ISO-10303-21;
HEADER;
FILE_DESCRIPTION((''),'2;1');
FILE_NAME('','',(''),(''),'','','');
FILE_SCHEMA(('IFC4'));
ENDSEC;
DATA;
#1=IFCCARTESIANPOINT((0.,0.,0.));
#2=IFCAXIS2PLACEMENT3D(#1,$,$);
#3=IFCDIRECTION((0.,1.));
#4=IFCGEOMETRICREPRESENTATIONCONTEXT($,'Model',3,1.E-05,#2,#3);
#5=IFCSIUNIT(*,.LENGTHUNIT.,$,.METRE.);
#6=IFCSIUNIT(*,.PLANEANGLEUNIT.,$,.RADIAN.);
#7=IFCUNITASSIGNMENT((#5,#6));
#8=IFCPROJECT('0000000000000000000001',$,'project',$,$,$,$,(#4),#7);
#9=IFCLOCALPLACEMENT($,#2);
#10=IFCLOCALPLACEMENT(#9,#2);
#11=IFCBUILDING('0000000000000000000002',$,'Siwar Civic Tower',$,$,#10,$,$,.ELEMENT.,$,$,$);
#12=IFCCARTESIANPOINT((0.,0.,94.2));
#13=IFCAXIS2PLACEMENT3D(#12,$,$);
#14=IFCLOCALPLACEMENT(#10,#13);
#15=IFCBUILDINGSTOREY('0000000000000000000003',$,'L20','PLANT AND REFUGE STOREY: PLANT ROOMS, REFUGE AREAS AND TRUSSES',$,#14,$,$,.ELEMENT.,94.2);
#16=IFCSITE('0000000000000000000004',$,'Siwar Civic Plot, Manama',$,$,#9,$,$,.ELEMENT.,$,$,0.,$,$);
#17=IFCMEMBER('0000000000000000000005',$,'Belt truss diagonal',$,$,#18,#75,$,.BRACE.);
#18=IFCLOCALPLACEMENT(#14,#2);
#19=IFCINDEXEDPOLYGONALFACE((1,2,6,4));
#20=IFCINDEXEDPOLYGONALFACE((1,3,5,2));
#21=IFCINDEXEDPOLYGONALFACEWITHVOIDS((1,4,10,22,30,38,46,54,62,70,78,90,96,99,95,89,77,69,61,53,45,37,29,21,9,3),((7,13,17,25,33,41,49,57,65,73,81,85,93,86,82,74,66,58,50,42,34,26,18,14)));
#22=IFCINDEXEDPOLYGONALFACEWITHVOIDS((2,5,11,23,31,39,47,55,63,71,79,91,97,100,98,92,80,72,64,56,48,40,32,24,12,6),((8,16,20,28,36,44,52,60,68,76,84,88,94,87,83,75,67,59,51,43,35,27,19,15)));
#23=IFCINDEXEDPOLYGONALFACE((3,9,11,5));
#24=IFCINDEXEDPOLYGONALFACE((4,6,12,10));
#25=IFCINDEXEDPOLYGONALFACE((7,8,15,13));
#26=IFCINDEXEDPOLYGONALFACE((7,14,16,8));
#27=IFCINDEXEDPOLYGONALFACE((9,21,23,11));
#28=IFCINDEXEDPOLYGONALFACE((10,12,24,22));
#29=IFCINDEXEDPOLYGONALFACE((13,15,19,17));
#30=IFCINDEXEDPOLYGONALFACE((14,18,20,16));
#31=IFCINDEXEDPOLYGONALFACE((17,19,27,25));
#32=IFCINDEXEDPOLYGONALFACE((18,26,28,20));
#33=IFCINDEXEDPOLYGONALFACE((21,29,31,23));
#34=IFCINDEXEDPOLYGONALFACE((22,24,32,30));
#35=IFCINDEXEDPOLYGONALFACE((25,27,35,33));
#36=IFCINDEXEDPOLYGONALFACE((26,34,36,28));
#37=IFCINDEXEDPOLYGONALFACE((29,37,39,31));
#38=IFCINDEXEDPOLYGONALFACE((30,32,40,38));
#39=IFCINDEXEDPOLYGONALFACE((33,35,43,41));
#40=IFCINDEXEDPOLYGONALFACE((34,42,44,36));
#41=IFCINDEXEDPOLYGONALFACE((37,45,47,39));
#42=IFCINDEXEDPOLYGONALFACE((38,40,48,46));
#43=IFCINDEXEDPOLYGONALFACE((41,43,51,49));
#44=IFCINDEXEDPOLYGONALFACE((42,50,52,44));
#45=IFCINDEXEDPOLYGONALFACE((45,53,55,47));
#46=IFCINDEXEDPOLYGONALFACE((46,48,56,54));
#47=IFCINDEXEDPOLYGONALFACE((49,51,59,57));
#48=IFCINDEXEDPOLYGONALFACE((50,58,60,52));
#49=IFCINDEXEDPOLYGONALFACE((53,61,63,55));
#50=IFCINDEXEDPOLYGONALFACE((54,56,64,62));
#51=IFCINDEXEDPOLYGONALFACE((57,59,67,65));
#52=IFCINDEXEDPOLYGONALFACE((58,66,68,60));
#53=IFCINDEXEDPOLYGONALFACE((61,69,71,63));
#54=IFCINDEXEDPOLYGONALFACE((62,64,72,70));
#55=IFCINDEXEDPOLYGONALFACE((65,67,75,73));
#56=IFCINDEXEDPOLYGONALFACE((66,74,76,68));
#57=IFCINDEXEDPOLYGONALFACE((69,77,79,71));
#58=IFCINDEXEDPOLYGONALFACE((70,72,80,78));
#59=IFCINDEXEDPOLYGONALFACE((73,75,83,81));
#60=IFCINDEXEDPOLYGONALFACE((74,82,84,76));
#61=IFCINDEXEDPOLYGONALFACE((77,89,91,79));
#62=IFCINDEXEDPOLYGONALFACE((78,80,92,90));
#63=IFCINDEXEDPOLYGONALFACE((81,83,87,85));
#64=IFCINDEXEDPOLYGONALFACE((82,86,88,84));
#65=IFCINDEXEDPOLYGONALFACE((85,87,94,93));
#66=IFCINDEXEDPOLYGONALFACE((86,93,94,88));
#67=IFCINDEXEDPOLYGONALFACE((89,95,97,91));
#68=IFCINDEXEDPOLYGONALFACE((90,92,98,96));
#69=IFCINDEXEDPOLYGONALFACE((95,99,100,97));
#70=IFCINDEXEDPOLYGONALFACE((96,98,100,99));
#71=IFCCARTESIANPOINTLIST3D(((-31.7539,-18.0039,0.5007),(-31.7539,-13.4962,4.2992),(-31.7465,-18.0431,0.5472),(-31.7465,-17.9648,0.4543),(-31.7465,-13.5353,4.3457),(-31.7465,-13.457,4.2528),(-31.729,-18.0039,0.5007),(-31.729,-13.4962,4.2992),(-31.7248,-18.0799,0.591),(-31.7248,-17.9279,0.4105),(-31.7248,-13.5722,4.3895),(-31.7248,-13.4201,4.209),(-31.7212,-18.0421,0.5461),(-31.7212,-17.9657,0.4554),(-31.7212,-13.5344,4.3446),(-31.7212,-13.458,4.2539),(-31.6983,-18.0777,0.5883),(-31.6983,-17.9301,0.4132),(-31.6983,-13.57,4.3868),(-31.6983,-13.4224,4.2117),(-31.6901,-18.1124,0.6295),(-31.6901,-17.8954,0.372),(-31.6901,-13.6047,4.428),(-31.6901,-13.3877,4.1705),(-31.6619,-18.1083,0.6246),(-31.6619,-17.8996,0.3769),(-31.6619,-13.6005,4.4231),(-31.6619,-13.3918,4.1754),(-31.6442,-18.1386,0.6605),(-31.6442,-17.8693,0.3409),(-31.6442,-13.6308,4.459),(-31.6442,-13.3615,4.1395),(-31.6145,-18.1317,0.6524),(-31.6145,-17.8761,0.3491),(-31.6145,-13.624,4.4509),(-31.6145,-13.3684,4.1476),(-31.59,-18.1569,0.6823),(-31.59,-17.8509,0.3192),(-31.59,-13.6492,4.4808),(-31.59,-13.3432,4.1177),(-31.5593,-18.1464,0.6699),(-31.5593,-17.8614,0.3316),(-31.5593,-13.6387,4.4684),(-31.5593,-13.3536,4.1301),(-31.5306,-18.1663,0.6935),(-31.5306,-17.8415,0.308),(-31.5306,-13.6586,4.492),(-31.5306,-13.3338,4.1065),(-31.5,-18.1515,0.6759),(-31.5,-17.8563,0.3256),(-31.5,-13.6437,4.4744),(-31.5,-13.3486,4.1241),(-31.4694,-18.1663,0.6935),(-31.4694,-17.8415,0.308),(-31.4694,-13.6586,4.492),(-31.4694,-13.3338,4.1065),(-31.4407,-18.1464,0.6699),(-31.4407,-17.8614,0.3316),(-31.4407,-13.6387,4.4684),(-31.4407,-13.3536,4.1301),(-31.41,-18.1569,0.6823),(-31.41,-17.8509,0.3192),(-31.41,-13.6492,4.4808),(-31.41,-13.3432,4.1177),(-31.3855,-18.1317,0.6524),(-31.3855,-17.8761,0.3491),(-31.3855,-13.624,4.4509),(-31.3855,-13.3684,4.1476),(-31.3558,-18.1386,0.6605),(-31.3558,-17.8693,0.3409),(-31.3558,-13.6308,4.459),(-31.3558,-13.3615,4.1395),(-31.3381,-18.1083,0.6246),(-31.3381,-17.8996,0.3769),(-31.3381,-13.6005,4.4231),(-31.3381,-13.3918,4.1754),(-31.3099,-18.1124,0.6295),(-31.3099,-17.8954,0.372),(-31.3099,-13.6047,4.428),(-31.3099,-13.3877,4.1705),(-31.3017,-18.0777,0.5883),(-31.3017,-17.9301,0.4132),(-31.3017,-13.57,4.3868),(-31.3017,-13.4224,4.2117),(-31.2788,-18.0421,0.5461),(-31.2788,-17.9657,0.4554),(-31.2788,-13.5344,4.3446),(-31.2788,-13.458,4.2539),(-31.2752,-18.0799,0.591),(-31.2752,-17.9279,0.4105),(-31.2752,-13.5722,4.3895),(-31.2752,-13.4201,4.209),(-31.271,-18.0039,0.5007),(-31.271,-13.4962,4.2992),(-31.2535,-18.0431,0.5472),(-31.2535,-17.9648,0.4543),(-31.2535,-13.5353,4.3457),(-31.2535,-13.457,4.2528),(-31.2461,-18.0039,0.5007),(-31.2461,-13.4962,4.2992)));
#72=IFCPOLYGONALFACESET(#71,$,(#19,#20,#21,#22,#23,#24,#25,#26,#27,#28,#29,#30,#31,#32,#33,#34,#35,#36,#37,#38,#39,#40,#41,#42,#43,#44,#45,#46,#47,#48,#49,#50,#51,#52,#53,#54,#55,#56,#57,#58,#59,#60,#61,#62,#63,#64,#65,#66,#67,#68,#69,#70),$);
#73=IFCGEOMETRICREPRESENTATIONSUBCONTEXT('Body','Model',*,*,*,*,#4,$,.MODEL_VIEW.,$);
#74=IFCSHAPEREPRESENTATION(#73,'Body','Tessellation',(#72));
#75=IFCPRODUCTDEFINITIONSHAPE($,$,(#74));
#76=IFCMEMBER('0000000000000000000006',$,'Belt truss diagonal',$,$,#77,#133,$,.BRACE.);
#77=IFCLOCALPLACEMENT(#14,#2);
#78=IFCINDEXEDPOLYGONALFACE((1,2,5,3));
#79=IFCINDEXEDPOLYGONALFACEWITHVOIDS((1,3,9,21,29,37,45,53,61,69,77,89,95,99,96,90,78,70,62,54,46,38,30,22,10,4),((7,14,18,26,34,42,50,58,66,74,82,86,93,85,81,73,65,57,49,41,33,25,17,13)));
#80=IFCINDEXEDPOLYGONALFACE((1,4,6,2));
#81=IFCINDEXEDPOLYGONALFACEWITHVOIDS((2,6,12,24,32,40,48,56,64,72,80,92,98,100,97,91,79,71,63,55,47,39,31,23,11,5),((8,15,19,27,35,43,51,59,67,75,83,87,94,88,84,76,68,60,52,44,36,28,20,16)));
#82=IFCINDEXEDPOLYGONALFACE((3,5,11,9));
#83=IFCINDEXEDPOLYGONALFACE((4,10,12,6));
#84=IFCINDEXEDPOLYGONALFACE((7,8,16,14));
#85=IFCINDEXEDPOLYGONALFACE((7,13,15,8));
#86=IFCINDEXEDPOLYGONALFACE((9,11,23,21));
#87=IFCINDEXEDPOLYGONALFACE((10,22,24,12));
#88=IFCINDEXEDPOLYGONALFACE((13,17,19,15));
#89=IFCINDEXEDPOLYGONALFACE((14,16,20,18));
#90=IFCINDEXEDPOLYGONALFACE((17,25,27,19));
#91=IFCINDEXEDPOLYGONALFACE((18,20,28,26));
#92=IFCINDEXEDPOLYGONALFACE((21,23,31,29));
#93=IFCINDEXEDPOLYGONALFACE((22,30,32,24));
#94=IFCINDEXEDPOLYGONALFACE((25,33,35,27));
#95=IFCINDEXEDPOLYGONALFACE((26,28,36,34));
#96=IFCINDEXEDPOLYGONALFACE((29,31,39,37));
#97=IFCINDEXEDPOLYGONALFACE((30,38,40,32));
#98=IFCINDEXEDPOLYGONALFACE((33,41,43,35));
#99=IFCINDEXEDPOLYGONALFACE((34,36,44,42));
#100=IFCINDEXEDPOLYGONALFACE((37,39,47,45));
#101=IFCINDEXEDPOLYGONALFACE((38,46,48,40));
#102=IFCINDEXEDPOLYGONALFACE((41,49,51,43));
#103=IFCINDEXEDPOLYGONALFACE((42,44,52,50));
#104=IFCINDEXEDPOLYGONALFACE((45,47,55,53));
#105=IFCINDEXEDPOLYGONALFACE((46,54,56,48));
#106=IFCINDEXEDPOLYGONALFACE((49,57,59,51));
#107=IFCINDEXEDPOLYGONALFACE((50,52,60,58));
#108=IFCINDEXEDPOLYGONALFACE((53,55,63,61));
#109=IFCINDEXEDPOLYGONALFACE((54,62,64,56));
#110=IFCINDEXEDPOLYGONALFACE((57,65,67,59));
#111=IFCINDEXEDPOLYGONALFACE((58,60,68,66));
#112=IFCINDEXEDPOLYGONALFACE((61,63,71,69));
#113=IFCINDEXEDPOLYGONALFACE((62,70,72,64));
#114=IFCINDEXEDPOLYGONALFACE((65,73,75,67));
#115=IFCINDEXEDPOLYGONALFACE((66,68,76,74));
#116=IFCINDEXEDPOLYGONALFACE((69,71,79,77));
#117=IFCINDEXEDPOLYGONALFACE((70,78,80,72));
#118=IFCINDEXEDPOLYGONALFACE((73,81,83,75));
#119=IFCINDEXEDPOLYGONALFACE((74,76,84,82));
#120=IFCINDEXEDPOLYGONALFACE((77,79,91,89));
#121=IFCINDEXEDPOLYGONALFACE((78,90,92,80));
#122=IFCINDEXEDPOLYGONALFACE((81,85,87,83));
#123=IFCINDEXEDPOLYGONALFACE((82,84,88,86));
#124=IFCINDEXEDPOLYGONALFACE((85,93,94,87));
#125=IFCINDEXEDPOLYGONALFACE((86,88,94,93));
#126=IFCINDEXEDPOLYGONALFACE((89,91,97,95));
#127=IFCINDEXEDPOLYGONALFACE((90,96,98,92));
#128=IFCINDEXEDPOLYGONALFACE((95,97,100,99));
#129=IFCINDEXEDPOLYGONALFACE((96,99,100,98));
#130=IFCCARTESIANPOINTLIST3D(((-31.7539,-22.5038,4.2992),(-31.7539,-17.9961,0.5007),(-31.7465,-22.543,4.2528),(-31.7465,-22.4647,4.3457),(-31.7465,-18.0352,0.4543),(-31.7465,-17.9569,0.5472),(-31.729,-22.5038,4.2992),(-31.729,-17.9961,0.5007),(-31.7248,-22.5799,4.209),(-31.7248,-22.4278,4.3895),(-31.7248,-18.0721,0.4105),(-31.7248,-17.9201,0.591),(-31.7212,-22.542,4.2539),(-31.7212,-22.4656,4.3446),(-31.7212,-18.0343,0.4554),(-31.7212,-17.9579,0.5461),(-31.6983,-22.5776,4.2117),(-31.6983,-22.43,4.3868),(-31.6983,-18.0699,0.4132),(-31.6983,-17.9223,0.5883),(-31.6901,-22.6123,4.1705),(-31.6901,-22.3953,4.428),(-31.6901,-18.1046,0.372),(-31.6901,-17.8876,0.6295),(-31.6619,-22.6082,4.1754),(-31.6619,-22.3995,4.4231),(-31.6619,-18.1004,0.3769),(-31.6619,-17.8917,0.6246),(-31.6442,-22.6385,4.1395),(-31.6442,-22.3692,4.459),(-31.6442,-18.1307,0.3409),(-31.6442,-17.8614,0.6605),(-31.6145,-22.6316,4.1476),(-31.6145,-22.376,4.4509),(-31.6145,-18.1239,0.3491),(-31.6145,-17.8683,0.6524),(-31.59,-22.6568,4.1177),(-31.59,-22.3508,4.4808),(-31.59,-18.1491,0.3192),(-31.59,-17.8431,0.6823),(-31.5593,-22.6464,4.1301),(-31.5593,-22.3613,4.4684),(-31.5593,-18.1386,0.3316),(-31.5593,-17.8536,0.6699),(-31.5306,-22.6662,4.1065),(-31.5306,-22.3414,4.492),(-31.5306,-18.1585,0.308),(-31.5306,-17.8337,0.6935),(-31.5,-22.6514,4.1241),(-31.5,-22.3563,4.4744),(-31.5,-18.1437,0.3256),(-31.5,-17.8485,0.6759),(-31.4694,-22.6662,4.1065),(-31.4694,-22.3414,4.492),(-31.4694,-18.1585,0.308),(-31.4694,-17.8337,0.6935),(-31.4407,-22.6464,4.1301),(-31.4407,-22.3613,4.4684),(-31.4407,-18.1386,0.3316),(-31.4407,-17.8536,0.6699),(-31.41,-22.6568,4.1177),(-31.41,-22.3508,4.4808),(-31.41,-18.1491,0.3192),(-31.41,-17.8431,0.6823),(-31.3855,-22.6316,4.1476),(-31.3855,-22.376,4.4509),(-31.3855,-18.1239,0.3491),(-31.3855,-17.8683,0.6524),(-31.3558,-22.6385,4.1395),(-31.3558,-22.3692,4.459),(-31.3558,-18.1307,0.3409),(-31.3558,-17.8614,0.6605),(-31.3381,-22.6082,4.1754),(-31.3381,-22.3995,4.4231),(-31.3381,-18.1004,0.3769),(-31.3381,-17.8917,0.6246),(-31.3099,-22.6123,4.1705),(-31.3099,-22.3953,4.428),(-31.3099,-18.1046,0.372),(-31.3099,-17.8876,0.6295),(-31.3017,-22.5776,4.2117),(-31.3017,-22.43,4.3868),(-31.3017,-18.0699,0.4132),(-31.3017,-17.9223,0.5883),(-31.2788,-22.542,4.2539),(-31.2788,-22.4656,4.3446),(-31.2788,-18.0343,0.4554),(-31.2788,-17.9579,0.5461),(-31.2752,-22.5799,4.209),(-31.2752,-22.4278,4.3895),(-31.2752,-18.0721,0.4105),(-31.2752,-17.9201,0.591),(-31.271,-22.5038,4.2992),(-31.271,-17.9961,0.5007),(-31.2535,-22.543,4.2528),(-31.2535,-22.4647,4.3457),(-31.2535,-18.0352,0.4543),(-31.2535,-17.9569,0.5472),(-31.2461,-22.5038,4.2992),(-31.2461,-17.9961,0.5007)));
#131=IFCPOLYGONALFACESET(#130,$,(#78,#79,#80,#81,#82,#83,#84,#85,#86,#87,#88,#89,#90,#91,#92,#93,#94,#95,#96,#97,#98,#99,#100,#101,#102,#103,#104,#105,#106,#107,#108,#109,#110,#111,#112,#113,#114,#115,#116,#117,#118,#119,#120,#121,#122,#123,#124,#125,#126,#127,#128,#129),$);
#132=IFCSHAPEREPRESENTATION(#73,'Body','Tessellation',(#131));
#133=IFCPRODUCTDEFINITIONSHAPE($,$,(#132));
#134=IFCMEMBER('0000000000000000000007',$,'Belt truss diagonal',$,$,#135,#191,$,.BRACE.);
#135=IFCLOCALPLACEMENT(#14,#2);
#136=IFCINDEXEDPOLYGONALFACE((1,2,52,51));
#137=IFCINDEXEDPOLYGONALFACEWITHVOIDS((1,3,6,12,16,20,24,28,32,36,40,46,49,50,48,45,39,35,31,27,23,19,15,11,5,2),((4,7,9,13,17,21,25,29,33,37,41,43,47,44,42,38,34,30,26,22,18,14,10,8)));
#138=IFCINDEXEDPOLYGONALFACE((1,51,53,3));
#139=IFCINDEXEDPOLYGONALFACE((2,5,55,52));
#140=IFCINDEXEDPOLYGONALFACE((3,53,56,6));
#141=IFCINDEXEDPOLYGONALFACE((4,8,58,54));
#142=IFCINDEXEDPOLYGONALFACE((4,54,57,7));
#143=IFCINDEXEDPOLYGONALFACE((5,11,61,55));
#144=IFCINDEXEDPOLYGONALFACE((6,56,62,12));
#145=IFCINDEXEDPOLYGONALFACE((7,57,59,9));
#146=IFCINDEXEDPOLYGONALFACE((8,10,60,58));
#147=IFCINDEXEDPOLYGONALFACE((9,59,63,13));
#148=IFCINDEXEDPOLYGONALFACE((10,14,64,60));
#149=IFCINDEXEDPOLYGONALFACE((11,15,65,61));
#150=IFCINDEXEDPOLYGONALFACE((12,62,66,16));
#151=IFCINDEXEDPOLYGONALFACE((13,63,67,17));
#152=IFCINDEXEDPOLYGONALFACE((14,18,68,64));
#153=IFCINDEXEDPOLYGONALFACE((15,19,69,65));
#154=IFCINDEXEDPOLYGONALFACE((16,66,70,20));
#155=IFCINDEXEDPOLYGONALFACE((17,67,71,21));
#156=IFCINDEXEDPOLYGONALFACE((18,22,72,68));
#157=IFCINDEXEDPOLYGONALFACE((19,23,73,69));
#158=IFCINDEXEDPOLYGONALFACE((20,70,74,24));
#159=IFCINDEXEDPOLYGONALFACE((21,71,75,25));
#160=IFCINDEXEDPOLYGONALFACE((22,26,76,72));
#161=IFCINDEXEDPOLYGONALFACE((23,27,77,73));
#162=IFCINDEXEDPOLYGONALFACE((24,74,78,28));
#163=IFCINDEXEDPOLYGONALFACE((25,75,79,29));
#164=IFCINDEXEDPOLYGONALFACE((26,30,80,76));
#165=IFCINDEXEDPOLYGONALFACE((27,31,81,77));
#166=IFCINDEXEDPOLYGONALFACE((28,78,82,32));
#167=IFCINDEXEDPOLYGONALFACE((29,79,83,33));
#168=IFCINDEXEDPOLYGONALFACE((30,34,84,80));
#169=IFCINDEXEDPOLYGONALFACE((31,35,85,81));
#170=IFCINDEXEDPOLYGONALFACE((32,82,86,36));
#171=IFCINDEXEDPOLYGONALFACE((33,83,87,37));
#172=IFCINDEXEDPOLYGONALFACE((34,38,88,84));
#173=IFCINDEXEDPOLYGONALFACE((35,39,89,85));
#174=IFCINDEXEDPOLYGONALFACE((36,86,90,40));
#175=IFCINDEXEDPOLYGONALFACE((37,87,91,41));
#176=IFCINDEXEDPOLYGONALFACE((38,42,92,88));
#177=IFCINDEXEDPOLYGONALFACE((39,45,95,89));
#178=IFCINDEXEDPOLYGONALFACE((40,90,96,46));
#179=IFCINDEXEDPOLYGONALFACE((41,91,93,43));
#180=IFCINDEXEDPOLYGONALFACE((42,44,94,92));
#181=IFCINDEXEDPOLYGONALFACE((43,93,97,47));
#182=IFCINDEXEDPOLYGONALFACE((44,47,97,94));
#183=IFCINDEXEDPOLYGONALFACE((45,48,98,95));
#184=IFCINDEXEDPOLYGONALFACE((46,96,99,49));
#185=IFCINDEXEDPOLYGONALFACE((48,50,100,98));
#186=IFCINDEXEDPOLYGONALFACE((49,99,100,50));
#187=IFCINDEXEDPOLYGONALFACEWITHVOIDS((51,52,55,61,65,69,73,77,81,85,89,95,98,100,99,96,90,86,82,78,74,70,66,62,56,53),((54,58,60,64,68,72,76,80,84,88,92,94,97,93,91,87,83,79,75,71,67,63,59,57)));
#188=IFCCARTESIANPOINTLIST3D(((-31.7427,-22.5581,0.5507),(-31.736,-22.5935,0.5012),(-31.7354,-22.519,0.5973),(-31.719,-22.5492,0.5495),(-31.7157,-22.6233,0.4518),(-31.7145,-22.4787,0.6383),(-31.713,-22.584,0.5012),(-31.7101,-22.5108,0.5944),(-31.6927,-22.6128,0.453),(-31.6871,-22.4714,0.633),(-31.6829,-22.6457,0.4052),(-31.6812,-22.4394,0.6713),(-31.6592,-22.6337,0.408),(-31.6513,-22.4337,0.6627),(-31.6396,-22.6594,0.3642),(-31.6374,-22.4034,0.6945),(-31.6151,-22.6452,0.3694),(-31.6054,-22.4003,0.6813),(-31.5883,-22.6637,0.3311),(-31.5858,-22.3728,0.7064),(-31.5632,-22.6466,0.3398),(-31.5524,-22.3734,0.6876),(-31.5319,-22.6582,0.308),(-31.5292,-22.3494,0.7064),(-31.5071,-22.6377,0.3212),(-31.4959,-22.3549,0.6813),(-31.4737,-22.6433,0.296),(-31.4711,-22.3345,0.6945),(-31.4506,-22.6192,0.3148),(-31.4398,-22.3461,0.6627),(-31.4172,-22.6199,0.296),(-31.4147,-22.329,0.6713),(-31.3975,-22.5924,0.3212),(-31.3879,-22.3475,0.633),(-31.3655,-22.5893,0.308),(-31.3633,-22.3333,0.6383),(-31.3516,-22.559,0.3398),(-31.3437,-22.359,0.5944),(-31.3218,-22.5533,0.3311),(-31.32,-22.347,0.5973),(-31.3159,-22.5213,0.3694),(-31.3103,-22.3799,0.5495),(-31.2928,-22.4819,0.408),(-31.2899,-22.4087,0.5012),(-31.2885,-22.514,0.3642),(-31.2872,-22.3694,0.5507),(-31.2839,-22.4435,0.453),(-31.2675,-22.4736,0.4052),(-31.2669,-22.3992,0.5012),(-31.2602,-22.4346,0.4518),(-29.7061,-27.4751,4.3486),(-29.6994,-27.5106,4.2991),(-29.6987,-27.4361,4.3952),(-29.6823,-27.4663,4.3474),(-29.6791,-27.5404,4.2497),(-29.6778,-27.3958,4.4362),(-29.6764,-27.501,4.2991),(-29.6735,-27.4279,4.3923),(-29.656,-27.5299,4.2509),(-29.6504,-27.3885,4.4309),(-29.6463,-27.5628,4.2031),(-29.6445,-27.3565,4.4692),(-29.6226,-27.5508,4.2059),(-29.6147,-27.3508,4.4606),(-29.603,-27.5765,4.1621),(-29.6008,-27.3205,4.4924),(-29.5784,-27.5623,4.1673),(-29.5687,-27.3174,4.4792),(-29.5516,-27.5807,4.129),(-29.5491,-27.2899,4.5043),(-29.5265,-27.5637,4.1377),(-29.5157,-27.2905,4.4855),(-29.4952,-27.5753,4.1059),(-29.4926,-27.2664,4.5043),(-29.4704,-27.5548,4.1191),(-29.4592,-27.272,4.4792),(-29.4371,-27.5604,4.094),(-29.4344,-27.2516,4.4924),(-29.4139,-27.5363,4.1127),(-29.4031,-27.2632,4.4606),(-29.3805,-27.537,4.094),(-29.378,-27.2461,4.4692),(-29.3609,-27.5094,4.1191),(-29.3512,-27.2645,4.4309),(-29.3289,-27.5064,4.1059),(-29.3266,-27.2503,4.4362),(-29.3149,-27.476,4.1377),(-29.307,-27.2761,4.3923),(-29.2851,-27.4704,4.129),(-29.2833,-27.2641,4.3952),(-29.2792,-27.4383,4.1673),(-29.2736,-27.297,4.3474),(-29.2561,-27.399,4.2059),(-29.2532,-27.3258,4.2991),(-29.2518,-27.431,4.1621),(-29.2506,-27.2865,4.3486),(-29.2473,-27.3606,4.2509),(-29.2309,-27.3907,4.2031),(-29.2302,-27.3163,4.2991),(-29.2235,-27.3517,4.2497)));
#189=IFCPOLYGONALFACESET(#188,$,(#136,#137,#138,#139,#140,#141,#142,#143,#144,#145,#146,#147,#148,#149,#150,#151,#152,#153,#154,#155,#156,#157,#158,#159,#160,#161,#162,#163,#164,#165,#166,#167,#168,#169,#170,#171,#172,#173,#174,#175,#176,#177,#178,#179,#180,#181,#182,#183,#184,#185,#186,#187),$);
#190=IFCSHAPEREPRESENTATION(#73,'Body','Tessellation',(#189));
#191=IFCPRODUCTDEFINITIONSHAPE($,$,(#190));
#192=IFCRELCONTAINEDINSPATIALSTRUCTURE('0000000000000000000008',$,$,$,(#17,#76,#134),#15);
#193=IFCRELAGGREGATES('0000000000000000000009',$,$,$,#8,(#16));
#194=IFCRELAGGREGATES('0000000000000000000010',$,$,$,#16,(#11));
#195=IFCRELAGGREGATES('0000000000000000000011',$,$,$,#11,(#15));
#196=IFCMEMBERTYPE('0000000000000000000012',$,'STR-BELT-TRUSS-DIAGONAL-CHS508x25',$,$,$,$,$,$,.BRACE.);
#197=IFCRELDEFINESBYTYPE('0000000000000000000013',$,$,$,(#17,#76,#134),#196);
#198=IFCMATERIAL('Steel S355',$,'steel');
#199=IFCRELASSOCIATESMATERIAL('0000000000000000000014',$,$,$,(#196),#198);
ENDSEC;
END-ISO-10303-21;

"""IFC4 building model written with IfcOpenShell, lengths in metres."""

from ifc_helpers import new_model, si_unit, direction, frame, origin, origin_2d, place, context, subcontext, project, spatial, hollow_circle, extrude, material, material_profile, profile_set, type_object, element, save


model = new_model("IFC4")

# Units and contexts
model_context = context("Model", 3, precision=1e-05, world=origin(), true_north=direction((0.0, 1.0)))
body_context = subcontext(model_context, "Body", "Model", "MODEL_VIEW")
ifc_project = project(units=[si_unit("LENGTHUNIT", "METRE"), si_unit("PLANEANGLEUNIT", "RADIAN")], contexts=[model_context])

# Site, building, storey
site_placement = place(None, origin())
site = spatial("IfcSite", under=ifc_project, at=site_placement, Name="Siwar Civic Plot, Manama", CompositionType="ELEMENT", RefElevation=0.0)
building_placement = place(site_placement, origin())
building = spatial("IfcBuilding", under=site, at=building_placement, Name="Siwar Civic Tower", CompositionType="ELEMENT")
storey_placement = place(building_placement, frame((0.0, 0.0, 94.2)))
storey = spatial("IfcBuildingStorey", under=building, at=storey_placement, Name="L20", Description="PLANT AND REFUGE STOREY: PLANT ROOMS, REFUGE AREAS AND TRUSSES", CompositionType="ELEMENT", Elevation=94.2)

# Members
ifc_material_1 = material(Name="Steel S355", Category="steel")
ifc_material_profile_1 = material_profile(ifc_material_1, hollow_circle(Radius=0.2539, WallThickness=0.0249, at=origin_2d()), Name="CHS508x25")
ifc_profile_set_1 = profile_set([ifc_material_profile_1], Name="Steel S355")
member_type_1 = type_object("IfcMemberType", Name="STR-BELT-TRUSS-DIAGONAL-CHS508x25", PredefinedType="BRACE", material=ifc_profile_set_1)
for number, where, z_axis, x_axis, name in (
    (1, (-31.5, -18.0039, 0.5007), (0.0, 0.7647, 0.644387), (-1.0, 0.0, 0.0), "Belt truss diagonal"),
    (2, (-31.5, -17.9961, 0.5007), (0.0, -0.7647, 0.644387), (1.0, 0.0, 0.0), "Belt truss diagonal"),
):
    element("IfcMember", number, at=place(storey_placement, frame(where, z_axis=z_axis, x_axis=x_axis)), inside=storey, type_object=member_type_1, Name=name, PredefinedType="BRACE", context=body_context, shape_type="SweptSolid", body=[
        extrude(hollow_circle(Radius=0.2539, WallThickness=0.0249, at=origin_2d()), origin(), (0.0, 0.0, 1.0), 5.8948),
    ])
member_1_placement = place(storey_placement, frame((-31.5015, -22.4963, 0.5012), z_axis=(0.311495, -0.752038, 0.580869), x_axis=(0.923884, 0.382673, 0.0)))
element("IfcMember", 3, at=member_1_placement, inside=storey, type_object=member_type_1, Name="Belt truss diagonal", PredefinedType="BRACE", context=body_context, shape_type="SweptSolid", body=[
    extrude(hollow_circle(Radius=0.2539, WallThickness=0.0249, at=origin_2d()), origin(), (0.0, 0.0, 1.0), 6.5383),
])

save(model, "model.ifc")
